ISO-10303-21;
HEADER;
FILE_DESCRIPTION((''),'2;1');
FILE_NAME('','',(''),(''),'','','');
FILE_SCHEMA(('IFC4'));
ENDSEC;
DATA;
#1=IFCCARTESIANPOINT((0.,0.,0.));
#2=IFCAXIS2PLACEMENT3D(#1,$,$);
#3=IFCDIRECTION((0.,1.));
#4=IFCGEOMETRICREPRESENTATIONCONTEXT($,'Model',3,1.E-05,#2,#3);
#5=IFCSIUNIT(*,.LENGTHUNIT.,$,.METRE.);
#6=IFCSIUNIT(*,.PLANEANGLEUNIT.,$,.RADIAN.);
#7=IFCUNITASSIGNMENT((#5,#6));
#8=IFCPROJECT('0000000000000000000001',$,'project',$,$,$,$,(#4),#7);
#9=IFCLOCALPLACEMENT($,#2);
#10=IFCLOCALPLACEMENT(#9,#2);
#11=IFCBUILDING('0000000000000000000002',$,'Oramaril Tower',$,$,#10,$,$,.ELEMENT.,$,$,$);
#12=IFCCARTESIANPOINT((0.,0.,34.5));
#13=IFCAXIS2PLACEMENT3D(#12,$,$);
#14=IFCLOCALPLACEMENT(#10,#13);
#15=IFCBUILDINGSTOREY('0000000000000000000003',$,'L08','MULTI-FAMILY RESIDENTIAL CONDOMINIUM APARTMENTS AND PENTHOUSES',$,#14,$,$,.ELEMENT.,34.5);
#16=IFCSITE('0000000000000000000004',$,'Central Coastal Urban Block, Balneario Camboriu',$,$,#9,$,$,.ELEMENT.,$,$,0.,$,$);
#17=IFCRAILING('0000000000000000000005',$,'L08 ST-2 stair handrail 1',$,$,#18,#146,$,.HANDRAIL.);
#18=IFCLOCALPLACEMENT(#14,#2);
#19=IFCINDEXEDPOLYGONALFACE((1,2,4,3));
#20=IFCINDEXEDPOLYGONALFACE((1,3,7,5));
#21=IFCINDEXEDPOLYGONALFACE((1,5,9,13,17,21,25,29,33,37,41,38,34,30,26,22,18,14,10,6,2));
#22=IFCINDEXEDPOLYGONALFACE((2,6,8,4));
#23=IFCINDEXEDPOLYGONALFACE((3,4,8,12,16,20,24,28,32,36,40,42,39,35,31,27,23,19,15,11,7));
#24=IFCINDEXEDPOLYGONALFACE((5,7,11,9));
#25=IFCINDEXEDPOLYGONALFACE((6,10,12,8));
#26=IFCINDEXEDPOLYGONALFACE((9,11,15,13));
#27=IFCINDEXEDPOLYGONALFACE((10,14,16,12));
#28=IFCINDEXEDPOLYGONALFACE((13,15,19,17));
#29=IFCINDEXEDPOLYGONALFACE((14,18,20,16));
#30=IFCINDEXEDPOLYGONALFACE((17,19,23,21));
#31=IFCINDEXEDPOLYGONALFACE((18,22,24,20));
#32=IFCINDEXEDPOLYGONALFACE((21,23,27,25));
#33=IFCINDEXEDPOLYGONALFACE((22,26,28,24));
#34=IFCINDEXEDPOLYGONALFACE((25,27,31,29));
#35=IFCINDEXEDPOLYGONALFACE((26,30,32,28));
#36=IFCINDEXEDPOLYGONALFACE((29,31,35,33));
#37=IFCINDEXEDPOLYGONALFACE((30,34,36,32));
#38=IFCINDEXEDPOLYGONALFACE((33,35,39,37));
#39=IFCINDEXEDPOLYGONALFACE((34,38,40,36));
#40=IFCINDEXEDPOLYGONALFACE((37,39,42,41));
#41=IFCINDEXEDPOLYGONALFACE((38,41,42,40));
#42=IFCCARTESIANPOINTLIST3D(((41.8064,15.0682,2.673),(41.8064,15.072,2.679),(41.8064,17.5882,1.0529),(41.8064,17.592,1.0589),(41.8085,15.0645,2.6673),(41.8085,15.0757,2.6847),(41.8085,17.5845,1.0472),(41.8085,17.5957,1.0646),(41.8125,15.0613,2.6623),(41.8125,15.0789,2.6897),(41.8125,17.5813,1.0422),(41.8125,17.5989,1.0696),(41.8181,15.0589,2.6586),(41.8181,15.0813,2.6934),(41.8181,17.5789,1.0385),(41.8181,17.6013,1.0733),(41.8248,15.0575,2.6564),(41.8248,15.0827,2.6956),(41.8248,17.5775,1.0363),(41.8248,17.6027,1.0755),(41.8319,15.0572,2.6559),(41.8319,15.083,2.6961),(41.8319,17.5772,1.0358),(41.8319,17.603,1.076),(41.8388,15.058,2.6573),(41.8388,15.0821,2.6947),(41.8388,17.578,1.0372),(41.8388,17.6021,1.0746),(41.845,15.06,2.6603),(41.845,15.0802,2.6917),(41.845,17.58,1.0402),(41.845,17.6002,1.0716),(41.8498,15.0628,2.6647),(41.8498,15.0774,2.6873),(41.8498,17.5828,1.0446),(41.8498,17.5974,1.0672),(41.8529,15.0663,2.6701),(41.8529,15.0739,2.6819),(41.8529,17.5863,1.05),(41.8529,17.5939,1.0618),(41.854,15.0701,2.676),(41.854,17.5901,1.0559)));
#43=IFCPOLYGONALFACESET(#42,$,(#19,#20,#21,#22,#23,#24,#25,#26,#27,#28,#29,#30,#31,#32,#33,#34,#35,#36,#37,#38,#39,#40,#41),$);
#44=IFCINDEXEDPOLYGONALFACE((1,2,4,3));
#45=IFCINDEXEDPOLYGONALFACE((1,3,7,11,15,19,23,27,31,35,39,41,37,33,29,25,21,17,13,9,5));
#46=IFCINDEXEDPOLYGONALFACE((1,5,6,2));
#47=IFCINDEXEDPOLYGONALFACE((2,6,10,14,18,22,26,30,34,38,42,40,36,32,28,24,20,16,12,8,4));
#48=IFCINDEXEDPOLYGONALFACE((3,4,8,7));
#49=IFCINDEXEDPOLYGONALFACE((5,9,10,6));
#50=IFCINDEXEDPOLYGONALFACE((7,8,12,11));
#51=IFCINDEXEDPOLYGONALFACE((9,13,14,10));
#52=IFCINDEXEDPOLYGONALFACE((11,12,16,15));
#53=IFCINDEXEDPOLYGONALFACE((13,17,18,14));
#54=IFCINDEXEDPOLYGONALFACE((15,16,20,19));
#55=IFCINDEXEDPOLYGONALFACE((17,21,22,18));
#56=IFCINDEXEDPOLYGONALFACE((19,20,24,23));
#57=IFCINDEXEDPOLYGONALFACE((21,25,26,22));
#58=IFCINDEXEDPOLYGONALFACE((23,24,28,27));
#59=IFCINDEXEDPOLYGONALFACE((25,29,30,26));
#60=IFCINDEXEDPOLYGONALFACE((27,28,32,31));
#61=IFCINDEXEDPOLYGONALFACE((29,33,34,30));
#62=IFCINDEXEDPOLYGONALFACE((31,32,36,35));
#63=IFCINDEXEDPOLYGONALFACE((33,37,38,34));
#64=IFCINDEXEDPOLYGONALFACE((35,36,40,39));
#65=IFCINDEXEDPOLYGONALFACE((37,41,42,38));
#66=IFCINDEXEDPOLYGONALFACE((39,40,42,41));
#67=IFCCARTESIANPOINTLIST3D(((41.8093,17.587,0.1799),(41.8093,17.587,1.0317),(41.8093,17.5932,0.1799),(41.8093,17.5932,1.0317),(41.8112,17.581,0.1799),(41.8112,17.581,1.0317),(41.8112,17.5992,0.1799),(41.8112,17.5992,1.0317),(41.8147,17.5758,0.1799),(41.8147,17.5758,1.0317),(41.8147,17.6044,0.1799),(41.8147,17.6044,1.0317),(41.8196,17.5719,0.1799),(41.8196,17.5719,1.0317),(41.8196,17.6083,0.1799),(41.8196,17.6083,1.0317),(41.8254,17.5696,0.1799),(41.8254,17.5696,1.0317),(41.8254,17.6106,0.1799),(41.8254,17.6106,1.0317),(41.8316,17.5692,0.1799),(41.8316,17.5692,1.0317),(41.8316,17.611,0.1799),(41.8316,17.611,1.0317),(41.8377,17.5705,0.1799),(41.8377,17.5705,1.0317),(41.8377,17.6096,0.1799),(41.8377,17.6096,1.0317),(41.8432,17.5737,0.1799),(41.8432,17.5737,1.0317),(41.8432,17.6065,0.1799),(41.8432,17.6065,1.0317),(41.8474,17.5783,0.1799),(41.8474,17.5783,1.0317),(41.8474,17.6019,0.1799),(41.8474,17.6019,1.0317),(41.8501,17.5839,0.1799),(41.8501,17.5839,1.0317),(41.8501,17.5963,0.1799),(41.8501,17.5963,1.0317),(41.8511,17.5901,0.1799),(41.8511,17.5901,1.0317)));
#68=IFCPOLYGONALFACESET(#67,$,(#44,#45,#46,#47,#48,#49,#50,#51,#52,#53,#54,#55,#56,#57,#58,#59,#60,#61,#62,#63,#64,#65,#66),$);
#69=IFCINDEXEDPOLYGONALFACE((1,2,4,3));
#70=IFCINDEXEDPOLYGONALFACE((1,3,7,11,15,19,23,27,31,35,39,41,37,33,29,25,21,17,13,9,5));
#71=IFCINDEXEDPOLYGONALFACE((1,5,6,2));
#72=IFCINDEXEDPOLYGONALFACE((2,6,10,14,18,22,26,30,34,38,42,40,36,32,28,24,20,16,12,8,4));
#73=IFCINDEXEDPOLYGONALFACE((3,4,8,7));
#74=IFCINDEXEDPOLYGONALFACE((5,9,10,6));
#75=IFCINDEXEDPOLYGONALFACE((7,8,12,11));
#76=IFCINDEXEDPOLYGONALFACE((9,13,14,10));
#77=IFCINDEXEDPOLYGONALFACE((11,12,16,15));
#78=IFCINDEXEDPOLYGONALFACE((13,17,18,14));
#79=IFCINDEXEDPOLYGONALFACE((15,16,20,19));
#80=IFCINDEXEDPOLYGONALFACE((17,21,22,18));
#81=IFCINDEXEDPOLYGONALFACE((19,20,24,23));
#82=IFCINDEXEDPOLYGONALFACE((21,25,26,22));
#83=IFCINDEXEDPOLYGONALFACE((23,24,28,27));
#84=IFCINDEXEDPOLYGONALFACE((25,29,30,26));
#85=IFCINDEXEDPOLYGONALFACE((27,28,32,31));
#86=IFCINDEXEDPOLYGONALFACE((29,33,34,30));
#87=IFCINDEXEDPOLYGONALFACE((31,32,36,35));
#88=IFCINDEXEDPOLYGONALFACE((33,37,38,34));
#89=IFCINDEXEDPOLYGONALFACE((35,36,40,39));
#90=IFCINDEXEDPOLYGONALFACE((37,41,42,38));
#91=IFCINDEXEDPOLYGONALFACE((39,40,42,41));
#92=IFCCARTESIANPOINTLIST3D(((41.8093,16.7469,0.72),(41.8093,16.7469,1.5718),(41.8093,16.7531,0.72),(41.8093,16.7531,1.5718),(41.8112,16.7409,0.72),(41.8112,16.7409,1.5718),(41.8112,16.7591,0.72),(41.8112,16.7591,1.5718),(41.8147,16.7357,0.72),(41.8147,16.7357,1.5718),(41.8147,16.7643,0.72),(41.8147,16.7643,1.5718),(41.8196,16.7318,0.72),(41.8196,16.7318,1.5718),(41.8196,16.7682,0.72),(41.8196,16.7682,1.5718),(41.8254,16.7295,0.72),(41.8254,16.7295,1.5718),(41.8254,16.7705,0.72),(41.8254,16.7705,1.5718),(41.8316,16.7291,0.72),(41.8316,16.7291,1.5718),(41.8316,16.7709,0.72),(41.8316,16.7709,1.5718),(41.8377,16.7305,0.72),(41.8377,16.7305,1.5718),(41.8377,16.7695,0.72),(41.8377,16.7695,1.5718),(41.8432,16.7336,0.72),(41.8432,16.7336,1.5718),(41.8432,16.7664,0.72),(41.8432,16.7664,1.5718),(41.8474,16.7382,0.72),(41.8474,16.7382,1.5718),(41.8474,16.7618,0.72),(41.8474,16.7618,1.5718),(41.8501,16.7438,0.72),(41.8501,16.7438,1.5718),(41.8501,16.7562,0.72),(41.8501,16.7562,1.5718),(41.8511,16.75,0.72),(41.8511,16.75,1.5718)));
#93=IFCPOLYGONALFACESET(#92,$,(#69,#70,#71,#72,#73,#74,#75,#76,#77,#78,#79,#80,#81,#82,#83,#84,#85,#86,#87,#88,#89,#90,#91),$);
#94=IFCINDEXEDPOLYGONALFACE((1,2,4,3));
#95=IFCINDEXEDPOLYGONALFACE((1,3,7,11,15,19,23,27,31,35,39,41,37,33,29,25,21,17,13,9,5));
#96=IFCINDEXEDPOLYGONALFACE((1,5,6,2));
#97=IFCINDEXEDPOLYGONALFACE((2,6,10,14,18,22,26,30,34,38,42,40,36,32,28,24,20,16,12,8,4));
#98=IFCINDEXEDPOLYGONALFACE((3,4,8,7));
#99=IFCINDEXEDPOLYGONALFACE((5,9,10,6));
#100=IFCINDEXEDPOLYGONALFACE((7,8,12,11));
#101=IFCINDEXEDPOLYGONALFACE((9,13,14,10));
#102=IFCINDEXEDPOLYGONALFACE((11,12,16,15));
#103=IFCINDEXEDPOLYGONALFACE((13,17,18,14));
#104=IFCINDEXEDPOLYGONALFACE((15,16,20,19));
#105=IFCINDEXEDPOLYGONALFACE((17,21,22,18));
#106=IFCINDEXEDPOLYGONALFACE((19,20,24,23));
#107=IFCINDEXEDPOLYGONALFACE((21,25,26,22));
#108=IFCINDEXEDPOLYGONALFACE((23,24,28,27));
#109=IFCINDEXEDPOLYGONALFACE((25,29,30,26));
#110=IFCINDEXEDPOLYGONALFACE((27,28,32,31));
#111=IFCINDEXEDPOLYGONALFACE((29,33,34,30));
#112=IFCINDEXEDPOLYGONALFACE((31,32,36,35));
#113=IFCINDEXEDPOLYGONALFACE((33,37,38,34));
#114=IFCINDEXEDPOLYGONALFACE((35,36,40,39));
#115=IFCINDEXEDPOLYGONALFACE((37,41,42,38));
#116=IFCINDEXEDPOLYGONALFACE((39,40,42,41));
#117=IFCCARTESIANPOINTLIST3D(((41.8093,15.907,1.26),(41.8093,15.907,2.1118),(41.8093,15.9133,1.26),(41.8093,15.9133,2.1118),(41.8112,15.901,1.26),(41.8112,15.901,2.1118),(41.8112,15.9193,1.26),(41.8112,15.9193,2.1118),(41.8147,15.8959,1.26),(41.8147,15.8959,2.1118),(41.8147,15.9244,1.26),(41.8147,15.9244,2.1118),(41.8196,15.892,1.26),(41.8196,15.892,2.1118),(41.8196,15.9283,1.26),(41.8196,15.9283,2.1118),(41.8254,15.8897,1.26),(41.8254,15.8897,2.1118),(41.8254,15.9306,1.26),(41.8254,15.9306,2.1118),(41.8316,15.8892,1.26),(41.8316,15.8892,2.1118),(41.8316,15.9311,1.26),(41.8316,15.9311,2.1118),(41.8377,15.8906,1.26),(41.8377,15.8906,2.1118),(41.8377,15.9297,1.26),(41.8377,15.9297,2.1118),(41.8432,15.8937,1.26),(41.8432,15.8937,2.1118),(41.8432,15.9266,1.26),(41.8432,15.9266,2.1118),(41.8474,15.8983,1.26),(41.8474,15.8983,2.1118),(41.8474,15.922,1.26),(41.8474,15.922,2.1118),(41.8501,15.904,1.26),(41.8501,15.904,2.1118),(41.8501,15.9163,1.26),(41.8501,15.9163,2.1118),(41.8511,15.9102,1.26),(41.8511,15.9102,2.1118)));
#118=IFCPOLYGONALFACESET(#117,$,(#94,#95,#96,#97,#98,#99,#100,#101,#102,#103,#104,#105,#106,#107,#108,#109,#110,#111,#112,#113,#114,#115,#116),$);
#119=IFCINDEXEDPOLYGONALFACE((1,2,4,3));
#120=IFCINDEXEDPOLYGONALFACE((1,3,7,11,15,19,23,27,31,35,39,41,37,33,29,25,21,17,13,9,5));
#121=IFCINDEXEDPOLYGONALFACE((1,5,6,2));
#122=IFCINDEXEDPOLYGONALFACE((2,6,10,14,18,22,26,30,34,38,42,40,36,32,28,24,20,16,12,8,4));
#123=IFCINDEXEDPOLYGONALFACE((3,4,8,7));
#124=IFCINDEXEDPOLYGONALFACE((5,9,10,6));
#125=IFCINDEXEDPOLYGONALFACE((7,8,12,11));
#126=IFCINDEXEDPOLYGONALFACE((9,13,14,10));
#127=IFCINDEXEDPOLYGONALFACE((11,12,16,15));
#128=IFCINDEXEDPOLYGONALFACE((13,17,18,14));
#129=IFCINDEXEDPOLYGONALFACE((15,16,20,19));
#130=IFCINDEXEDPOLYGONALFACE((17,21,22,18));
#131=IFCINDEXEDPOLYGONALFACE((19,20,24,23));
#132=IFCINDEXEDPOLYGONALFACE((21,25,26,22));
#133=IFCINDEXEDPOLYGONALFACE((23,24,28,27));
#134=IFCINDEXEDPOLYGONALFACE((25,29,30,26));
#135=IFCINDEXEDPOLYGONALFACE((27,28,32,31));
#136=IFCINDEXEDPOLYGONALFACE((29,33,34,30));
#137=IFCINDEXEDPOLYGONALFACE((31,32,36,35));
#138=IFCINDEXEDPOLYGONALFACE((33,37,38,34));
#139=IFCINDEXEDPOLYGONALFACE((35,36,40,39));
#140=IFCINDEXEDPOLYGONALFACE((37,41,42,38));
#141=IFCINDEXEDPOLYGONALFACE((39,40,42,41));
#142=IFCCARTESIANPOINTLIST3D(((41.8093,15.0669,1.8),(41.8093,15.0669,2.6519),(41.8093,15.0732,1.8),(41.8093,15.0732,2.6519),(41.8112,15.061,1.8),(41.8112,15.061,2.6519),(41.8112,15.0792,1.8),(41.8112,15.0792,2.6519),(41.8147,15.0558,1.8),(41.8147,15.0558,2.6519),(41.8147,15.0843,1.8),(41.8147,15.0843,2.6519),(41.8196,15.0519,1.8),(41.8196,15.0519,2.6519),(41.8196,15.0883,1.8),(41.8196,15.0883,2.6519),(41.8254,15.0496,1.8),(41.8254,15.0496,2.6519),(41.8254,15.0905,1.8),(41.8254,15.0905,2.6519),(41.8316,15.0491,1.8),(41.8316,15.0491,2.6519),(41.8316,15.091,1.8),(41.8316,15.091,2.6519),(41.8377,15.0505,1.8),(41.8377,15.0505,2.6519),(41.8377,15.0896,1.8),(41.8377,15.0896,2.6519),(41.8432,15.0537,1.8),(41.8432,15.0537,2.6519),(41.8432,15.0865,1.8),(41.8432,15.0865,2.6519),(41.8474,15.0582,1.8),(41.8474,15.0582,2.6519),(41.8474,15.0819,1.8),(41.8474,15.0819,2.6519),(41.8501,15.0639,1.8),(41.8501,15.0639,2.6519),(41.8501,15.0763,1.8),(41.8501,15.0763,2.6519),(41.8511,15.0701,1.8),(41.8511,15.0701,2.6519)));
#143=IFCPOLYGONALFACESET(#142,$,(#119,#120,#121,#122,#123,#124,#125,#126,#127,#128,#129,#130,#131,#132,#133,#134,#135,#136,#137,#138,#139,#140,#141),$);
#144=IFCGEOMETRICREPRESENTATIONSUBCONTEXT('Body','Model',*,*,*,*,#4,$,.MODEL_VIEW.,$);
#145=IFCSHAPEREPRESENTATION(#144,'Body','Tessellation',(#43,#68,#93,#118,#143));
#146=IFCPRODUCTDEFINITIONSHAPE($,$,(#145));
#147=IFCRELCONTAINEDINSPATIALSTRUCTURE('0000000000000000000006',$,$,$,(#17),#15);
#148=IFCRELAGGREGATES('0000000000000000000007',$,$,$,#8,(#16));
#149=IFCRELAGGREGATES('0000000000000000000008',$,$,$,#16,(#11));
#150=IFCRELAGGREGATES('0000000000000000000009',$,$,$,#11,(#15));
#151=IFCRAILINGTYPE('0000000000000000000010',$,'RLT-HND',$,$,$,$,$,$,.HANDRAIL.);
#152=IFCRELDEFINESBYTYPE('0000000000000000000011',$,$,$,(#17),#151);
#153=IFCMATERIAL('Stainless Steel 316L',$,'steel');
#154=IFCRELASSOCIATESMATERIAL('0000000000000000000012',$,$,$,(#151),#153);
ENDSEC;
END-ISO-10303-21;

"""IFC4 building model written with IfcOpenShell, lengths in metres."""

from ifc_helpers import new_model, si_unit, direction, frame, origin, origin_2d, place, context, subcontext, project, spatial, circle, extrude, material, type_object, element, save


model = new_model("IFC4")

# Units and contexts
model_context = context("Model", 3, precision=1e-05, world=origin(), true_north=direction((0.0, 1.0)))
body_context = subcontext(model_context, "Body", "Model", "MODEL_VIEW")
ifc_project = project(units=[si_unit("LENGTHUNIT", "METRE"), si_unit("PLANEANGLEUNIT", "RADIAN")], contexts=[model_context])

# Site, building, storey
site_placement = place(None, origin())
site = spatial("IfcSite", under=ifc_project, at=site_placement, Name="Central Coastal Urban Block, Balneario Camboriu", CompositionType="ELEMENT", RefElevation=0.0)
building_placement = place(site_placement, origin())
building = spatial("IfcBuilding", under=site, at=building_placement, Name="Oramaril Tower", CompositionType="ELEMENT")
storey_placement = place(building_placement, frame((0.0, 0.0, 34.5)))
storey = spatial("IfcBuildingStorey", under=building, at=storey_placement, Name="L08", Description="MULTI-FAMILY RESIDENTIAL CONDOMINIUM APARTMENTS AND PENTHOUSES", CompositionType="ELEMENT", Elevation=34.5)

# Railing
ifc_material_1 = material(Name="Stainless Steel 316L", Category="steel")
railing_type_1 = type_object("IfcRailingType", Name="RLT-HND", PredefinedType="HANDRAIL", material=ifc_material_1)
railing_1_placement = place(storey_placement, frame((41.8301, 17.5901, 0.1799)))
element("IfcRailing", 1, at=railing_1_placement, inside=storey, type_object=railing_type_1, Name="L08 ST-2 stair handrail 1", PredefinedType="HANDRAIL", context=body_context, shape_type="SweptSolid", body=[
    extrude(circle(Radius=0.0239, at=origin_2d()), frame((0.0, 0.0, 0.876), z_axis=(0.0, -0.841163, 0.540782), x_axis=(1.0, 0.0, 0.0)), (0.0, 0.0, 1.0), 2.9958),
    extrude(circle(Radius=0.021, at=origin_2d()), origin(), (0.0, 0.0, 1.0), 0.8518),
    extrude(circle(Radius=0.021, at=origin_2d()), frame((0.0, -0.8401, 0.54)), (0.0, 0.0, 1.0), 0.8518),
    extrude(circle(Radius=0.021, at=origin_2d()), frame((0.0, -1.6799, 1.0801)), (0.0, 0.0, 1.0), 0.8518),
    extrude(circle(Radius=0.021, at=origin_2d()), frame((0.0, -2.52, 1.6201)), (0.0, 0.0, 1.0), 0.8518),
])

save(model, "model.ifc")
